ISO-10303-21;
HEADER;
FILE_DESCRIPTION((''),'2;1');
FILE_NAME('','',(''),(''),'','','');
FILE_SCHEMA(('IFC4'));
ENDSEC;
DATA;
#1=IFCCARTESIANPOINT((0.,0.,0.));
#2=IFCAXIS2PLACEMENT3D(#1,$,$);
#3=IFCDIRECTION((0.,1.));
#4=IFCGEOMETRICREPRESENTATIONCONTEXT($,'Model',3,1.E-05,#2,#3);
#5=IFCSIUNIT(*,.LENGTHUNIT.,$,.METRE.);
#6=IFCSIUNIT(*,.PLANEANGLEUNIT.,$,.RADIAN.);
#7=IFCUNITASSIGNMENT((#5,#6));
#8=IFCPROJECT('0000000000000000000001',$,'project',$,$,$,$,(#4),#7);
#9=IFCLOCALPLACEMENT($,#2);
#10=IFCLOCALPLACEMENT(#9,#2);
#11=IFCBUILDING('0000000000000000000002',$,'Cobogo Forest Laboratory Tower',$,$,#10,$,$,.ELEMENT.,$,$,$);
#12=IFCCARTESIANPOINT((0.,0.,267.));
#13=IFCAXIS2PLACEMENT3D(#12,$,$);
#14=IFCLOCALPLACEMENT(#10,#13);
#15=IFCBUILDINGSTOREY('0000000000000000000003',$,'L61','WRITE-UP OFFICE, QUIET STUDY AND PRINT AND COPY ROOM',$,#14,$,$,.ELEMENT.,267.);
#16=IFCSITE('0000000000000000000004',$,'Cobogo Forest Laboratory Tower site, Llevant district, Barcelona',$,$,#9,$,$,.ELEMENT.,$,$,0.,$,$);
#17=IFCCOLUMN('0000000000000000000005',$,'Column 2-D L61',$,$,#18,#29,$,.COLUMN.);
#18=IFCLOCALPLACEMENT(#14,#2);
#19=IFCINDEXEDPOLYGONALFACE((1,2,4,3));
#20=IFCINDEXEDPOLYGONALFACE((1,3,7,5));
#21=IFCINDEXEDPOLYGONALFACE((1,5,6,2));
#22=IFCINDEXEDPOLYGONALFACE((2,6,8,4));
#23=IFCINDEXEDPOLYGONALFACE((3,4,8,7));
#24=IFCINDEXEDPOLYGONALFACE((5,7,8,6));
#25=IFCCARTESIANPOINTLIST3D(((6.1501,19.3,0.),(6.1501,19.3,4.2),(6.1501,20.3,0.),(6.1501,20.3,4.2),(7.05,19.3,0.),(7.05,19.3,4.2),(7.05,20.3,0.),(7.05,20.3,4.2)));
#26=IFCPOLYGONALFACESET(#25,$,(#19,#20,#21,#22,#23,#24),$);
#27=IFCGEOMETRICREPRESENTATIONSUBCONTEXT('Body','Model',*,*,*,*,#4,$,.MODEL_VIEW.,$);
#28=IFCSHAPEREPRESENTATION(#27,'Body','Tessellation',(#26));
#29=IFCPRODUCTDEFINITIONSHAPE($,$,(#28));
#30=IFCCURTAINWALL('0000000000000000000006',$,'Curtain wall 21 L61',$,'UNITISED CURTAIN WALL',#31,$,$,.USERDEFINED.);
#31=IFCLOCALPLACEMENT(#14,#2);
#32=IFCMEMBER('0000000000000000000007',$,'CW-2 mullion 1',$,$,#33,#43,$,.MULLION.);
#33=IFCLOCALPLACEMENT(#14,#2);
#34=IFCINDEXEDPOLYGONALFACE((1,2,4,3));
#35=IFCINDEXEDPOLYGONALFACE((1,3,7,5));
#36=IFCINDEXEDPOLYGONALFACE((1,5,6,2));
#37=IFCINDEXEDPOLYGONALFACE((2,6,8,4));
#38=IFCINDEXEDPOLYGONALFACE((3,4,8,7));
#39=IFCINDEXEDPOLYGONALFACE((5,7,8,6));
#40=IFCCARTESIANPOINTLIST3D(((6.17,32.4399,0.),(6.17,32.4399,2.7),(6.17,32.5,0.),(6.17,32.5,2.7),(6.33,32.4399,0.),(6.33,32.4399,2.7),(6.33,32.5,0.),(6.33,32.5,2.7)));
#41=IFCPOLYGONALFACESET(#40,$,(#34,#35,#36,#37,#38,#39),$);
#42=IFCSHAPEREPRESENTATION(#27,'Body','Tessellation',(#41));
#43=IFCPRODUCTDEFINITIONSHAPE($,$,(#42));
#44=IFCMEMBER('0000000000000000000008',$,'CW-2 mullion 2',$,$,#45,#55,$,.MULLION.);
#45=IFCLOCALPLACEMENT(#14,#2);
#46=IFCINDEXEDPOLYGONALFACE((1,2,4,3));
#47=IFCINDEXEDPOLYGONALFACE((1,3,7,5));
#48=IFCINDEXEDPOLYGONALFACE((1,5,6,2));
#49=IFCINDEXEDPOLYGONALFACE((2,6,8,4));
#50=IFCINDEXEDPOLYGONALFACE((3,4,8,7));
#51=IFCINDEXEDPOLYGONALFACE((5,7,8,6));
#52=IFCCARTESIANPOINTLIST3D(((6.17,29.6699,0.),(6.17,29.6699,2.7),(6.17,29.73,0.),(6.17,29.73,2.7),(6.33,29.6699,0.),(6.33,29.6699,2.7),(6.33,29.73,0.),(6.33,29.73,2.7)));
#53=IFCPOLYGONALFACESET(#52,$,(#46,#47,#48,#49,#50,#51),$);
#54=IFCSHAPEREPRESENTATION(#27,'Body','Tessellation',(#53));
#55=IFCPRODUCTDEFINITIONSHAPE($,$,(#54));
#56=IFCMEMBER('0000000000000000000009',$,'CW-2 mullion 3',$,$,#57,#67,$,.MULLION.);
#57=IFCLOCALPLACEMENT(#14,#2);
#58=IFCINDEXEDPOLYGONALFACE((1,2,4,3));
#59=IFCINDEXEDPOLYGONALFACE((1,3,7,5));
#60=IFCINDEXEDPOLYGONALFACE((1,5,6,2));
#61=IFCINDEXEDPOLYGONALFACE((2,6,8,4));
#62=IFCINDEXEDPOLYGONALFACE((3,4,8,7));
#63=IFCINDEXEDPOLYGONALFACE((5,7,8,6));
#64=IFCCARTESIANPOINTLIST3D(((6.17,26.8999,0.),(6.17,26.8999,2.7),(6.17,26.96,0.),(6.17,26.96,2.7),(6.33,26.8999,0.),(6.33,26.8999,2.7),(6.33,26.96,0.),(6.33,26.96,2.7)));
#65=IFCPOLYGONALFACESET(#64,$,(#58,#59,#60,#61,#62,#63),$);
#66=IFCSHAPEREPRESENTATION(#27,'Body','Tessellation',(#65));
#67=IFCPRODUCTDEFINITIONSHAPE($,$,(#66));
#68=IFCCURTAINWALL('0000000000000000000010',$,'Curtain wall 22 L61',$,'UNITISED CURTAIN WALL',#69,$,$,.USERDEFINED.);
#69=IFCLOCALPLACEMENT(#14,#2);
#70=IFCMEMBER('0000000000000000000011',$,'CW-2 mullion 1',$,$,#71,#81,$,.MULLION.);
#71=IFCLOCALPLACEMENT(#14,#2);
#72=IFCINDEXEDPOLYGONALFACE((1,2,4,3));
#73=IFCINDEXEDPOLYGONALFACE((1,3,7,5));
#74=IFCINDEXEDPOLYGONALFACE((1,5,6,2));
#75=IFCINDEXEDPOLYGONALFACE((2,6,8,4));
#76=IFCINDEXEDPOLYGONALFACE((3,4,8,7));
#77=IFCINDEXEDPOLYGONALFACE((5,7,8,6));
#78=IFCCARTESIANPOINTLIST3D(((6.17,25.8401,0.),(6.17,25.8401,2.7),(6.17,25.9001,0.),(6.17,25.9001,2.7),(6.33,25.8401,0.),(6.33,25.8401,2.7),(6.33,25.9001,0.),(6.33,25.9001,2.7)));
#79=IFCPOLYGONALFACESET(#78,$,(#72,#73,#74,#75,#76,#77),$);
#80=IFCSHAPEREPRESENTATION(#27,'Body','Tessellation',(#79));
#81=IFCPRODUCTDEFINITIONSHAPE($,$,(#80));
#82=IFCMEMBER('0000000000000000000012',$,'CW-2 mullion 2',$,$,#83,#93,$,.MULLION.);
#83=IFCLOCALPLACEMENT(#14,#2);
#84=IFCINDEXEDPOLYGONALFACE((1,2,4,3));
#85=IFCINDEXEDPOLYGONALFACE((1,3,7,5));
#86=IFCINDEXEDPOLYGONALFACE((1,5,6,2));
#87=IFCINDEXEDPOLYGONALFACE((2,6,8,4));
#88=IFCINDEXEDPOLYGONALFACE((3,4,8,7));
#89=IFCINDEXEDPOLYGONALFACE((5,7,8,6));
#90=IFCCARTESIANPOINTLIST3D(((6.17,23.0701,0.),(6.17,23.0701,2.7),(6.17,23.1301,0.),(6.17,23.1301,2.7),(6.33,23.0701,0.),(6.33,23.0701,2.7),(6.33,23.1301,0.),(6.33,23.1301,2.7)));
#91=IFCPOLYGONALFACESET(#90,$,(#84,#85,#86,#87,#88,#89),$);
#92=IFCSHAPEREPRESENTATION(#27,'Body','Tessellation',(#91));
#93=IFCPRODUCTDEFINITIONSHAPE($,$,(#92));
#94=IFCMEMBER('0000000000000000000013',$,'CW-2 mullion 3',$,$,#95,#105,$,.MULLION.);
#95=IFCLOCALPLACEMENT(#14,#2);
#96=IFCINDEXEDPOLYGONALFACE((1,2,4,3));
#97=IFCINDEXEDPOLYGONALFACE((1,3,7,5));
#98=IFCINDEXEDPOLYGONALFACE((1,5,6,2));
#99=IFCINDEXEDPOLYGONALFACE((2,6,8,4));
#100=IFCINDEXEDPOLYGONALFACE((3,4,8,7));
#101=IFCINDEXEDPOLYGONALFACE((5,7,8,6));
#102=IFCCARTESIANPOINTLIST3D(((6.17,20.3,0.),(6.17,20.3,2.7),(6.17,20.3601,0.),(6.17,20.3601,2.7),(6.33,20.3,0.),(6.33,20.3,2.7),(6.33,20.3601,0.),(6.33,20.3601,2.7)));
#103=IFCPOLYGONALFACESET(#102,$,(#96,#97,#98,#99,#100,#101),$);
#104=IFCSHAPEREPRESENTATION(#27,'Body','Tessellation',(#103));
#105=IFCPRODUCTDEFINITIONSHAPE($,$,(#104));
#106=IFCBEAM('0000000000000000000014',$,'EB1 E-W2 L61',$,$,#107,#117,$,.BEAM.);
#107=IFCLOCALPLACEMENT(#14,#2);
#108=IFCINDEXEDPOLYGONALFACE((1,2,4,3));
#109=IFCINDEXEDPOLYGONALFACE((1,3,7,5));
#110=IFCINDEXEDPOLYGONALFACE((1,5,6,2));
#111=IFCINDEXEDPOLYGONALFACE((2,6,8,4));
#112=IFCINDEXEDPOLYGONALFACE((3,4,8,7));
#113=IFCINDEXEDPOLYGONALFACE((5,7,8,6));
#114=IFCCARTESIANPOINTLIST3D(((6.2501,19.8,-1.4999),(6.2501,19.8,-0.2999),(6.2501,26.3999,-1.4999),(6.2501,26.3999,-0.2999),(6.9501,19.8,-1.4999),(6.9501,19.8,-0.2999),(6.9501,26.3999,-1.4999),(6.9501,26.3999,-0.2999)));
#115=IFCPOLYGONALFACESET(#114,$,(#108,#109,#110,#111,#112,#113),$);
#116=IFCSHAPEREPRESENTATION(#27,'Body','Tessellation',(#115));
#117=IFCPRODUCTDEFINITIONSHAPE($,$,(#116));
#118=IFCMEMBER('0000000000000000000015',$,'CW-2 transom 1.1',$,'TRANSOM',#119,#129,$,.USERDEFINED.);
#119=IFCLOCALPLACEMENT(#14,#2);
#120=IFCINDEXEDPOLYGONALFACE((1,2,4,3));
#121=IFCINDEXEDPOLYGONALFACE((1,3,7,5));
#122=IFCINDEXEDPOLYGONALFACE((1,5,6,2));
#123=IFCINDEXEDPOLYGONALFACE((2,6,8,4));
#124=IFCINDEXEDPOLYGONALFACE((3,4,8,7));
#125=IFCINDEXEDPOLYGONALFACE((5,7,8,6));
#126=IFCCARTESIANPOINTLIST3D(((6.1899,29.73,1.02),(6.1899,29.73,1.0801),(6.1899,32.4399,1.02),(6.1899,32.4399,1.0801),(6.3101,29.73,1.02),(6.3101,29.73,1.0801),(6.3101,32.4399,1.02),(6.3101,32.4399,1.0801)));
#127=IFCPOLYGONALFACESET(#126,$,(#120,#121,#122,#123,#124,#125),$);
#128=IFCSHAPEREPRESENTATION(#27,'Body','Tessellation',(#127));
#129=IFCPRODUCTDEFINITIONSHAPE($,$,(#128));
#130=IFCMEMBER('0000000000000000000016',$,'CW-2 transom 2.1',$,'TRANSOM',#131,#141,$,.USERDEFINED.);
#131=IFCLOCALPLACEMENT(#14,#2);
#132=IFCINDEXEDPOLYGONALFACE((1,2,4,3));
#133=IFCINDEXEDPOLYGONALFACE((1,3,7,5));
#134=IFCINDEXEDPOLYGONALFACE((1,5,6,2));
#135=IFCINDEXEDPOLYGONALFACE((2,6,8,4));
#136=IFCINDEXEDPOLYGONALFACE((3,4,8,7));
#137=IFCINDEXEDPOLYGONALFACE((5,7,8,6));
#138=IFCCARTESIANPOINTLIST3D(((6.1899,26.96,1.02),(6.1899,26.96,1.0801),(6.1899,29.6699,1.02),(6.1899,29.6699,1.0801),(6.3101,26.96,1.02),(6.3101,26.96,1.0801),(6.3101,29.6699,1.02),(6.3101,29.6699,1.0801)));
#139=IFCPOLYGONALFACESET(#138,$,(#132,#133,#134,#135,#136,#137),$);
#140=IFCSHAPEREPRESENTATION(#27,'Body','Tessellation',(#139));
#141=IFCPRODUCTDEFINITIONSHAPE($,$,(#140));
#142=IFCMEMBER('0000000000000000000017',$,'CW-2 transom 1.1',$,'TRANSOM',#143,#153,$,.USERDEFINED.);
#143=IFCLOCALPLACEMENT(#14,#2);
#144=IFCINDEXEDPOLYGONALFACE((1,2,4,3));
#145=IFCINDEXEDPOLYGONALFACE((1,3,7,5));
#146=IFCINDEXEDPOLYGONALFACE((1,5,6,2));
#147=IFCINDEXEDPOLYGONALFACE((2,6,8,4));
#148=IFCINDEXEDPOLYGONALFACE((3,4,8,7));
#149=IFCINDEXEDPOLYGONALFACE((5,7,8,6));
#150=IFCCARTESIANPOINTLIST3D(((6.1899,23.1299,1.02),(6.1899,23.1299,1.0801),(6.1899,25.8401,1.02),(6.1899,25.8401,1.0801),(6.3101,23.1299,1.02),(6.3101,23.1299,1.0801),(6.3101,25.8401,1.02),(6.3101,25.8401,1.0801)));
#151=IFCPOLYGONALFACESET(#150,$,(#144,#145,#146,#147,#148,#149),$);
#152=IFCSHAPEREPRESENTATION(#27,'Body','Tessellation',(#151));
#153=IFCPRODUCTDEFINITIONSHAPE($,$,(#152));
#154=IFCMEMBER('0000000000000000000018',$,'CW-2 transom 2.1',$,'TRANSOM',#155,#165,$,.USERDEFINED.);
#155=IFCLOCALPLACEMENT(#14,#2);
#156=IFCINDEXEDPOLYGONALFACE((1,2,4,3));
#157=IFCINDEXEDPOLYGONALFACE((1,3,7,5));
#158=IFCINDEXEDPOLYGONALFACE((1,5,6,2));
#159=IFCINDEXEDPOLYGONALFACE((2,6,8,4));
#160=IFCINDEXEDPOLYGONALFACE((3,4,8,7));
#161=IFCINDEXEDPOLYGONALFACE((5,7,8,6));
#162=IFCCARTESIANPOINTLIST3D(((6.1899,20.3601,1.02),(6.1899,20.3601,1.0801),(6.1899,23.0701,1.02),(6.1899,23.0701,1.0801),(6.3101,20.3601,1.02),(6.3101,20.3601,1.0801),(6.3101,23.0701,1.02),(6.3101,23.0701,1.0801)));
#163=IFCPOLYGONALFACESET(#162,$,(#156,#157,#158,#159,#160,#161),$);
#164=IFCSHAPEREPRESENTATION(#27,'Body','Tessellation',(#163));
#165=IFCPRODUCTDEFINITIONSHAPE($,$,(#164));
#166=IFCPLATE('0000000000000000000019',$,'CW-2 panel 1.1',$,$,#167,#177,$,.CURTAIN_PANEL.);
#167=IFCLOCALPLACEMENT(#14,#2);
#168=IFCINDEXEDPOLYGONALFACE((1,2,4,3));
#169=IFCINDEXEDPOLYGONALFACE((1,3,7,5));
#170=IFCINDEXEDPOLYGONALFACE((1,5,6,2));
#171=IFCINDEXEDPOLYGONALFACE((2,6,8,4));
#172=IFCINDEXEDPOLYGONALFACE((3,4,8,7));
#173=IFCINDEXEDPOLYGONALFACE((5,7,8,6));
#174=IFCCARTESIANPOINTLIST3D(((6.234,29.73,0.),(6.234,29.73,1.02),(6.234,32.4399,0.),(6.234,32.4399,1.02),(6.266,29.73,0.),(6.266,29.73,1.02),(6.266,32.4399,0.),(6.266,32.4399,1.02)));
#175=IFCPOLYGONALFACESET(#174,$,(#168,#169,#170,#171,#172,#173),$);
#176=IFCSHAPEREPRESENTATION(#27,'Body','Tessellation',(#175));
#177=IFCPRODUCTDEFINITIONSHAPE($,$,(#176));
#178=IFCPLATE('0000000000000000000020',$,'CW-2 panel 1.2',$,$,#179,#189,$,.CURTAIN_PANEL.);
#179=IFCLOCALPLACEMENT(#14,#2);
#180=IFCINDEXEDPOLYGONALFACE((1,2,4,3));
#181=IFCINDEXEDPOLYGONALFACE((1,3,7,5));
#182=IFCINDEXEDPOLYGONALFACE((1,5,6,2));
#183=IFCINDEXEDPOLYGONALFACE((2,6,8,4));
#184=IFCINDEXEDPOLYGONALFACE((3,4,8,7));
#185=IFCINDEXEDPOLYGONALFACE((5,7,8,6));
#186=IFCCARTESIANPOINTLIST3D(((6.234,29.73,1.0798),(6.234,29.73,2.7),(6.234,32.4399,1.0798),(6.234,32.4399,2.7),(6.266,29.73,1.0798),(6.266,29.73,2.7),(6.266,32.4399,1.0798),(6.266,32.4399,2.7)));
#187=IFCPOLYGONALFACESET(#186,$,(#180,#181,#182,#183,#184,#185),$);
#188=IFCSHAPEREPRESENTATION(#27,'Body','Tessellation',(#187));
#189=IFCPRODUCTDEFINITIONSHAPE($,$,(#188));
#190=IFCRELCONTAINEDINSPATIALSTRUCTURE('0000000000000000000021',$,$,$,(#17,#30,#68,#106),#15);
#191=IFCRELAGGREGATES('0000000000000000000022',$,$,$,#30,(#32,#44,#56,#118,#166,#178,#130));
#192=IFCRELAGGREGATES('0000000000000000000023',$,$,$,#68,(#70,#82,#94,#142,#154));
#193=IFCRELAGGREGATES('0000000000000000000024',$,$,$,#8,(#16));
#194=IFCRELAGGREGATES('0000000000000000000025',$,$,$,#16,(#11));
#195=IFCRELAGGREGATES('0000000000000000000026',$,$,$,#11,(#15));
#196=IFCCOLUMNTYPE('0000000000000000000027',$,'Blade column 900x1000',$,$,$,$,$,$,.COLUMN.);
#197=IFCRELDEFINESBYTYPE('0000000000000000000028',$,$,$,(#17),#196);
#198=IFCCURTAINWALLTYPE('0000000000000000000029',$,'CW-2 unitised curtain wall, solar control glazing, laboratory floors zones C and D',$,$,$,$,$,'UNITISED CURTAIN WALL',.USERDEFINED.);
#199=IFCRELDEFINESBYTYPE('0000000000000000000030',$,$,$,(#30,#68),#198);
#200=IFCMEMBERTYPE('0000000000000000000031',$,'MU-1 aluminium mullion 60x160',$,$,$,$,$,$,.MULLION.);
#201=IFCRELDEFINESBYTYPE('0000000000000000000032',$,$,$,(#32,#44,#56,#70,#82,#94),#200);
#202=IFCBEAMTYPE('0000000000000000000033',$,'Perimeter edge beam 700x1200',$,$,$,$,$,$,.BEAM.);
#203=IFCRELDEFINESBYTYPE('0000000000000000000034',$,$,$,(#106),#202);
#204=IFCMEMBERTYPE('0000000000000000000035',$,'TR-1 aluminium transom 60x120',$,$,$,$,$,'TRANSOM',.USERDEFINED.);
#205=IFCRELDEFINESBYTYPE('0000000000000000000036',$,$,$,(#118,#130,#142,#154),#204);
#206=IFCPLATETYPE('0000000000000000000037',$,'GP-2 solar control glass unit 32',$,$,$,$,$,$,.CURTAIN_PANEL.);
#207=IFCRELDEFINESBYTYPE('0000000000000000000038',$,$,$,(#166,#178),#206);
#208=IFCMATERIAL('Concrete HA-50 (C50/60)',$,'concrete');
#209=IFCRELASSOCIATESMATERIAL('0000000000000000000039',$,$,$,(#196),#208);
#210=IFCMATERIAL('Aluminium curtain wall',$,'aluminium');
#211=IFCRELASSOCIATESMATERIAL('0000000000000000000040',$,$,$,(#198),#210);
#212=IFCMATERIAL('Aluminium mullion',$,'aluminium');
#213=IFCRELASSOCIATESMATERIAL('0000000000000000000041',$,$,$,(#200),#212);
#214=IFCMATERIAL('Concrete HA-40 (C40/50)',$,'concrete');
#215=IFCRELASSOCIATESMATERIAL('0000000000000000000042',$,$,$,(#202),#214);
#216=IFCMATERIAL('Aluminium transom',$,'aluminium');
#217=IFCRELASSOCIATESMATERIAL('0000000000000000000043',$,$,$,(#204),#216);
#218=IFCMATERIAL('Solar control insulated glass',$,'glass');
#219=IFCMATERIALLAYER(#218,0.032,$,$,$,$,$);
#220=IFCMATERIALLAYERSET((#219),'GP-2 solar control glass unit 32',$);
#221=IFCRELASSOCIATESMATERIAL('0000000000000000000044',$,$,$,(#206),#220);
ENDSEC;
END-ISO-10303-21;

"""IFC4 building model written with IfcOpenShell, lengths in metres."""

from ifc_helpers import new_model, si_unit, direction, frame, origin, origin_2d, place, context, subcontext, project, spatial, rectangle, extrude, material, layer, layer_set, material_profile, profile_set, type_object, element, aggregate, save


model = new_model("IFC4")

# Units and contexts
model_context = context("Model", 3, precision=1e-05, world=origin(), true_north=direction((0.0, 1.0)))
body_context = subcontext(model_context, "Body", "Model", "MODEL_VIEW")
ifc_project = project(units=[si_unit("LENGTHUNIT", "METRE"), si_unit("PLANEANGLEUNIT", "RADIAN")], contexts=[model_context])

# Site, building, storey
site_placement = place(None, origin())
site = spatial("IfcSite", under=ifc_project, at=site_placement, Name="Cobogo Forest Laboratory Tower site, Llevant district, Barcelona", CompositionType="ELEMENT", RefElevation=0.0)
building_placement = place(site_placement, origin())
building = spatial("IfcBuilding", under=site, at=building_placement, Name="Cobogo Forest Laboratory Tower", CompositionType="ELEMENT")
storey_placement = place(building_placement, frame((0.0, 0.0, 267.0)))
storey = spatial("IfcBuildingStorey", under=building, at=storey_placement, Name="L61", Description="WRITE-UP OFFICE, QUIET STUDY AND PRINT AND COPY ROOM", CompositionType="ELEMENT", Elevation=267.0)

# Column
ifc_material_1 = material(Name="Concrete HA-50 (C50/60)", Category="concrete")
ifc_material_profile_1 = material_profile(ifc_material_1, rectangle(XDim=1.0, YDim=0.8999, at=origin_2d()), Name="RC 900x1000")
ifc_profile_set_1 = profile_set([ifc_material_profile_1], Name="Concrete HA-50 (C50/60)")
column_type = type_object("IfcColumnType", Name="Blade column 900x1000", PredefinedType="COLUMN", material=ifc_profile_set_1)
column_placement = place(storey_placement, frame((6.6001, 19.8, 0.0), z_axis=(0.0, 0.0, 1.0), x_axis=(0.0, 1.0, 0.0)))
element("IfcColumn", 1, at=column_placement, inside=storey, type_object=column_type, Name="Column 2-D L61", PredefinedType="COLUMN", context=body_context, shape_type="SweptSolid", body=[
    extrude(rectangle(XDim=1.0, YDim=0.8999, at=origin_2d()), origin(), (0.0, 0.0, 1.0), 4.2),
])

# Curtain walls, members
ifc_material_2 = material(Name="Aluminium curtain wall", Category="aluminium")
curtain_wall_type = type_object("IfcCurtainWallType", Name="CW-2 unitised curtain wall, solar control glazing, laboratory floors zones C and D", ElementType="UNITISED CURTAIN WALL", PredefinedType="USERDEFINED", material=ifc_material_2)
curtain_wall_1_placement = place(storey_placement, origin())
curtain_wall_1 = element("IfcCurtainWall", 2, at=curtain_wall_1_placement, inside=storey, type_object=curtain_wall_type, Name="Curtain wall 21 L61", ObjectType="UNITISED CURTAIN WALL", PredefinedType="USERDEFINED")
ifc_material_3 = material(Name="Aluminium mullion", Category="aluminium")
ifc_material_profile_2 = material_profile(ifc_material_3, rectangle(XDim=0.0601, YDim=0.1599, at=origin_2d()), Name="AL 60x160")
ifc_profile_set_2 = profile_set([ifc_material_profile_2], Name="Aluminium mullion")
member_type_1 = type_object("IfcMemberType", Name="MU-1 aluminium mullion 60x160", PredefinedType="MULLION", material=ifc_profile_set_2)
member_1_placement = place(storey_placement, frame((6.25, 32.47, 0.0), z_axis=(0.0, 0.0, 1.0), x_axis=(0.0, -1.0, 0.0)))
member_1 = element("IfcMember", 3, at=member_1_placement, type_object=member_type_1, Name="CW-2 mullion 1", PredefinedType="MULLION", context=body_context, shape_type="SweptSolid", body=[
    extrude(rectangle(XDim=0.0601, YDim=0.1599, at=origin_2d()), origin(), (0.0, 0.0, 1.0), 2.7),
])
member_2_placement = place(storey_placement, frame((6.25, 29.7, 0.0), z_axis=(0.0, 0.0, 1.0), x_axis=(0.0, -1.0, 0.0)))
member_2 = element("IfcMember", 4, at=member_2_placement, type_object=member_type_1, Name="CW-2 mullion 2", PredefinedType="MULLION", context=body_context, shape_type="SweptSolid", body=[
    extrude(rectangle(XDim=0.0601, YDim=0.1599, at=origin_2d()), origin(), (0.0, 0.0, 1.0), 2.7),
])
member_3_placement = place(storey_placement, frame((6.25, 26.9299, 0.0), z_axis=(0.0, 0.0, 1.0), x_axis=(0.0, -1.0, 0.0)))
member_3 = element("IfcMember", 5, at=member_3_placement, type_object=member_type_1, Name="CW-2 mullion 3", PredefinedType="MULLION", context=body_context, shape_type="SweptSolid", body=[
    extrude(rectangle(XDim=0.0601, YDim=0.1599, at=origin_2d()), origin(), (0.0, 0.0, 1.0), 2.7),
])
curtain_wall_2_placement = place(storey_placement, origin())
curtain_wall_2 = element("IfcCurtainWall", 6, at=curtain_wall_2_placement, inside=storey, type_object=curtain_wall_type, Name="Curtain wall 22 L61", ObjectType="UNITISED CURTAIN WALL", PredefinedType="USERDEFINED")
member_4_placement = place(storey_placement, frame((6.25, 25.8701, 0.0), z_axis=(0.0, 0.0, 1.0), x_axis=(0.0, -1.0, 0.0)))
member_4 = element("IfcMember", 7, at=member_4_placement, type_object=member_type_1, Name="CW-2 mullion 1", PredefinedType="MULLION", context=body_context, shape_type="SweptSolid", body=[
    extrude(rectangle(XDim=0.0601, YDim=0.1599, at=origin_2d()), origin(), (0.0, 0.0, 1.0), 2.7),
])
member_5_placement = place(storey_placement, frame((6.25, 23.1001, 0.0), z_axis=(0.0, 0.0, 1.0), x_axis=(0.0, -1.0, 0.0)))
member_5 = element("IfcMember", 8, at=member_5_placement, type_object=member_type_1, Name="CW-2 mullion 2", PredefinedType="MULLION", context=body_context, shape_type="SweptSolid", body=[
    extrude(rectangle(XDim=0.0601, YDim=0.1599, at=origin_2d()), origin(), (0.0, 0.0, 1.0), 2.7),
])
member_6_placement = place(storey_placement, frame((6.25, 20.3301, 0.0), z_axis=(0.0, 0.0, 1.0), x_axis=(0.0, -1.0, 0.0)))
member_6 = element("IfcMember", 9, at=member_6_placement, type_object=member_type_1, Name="CW-2 mullion 3", PredefinedType="MULLION", context=body_context, shape_type="SweptSolid", body=[
    extrude(rectangle(XDim=0.0601, YDim=0.1599, at=origin_2d()), origin(), (0.0, 0.0, 1.0), 2.7),
])

# Beam
ifc_material_4 = material(Name="Concrete HA-40 (C40/50)", Category="concrete")
ifc_material_profile_3 = material_profile(ifc_material_4, rectangle(XDim=0.7, YDim=1.2, at=origin_2d()), Name="RC 700x1200")
ifc_profile_set_3 = profile_set([ifc_material_profile_3], Name="Concrete HA-40 (C40/50)")
beam_type = type_object("IfcBeamType", Name="Perimeter edge beam 700x1200", PredefinedType="BEAM", material=ifc_profile_set_3)
beam_placement = place(storey_placement, frame((6.6001, 19.8, -0.8999), z_axis=(0.0, 1.0, 0.0), x_axis=(-1.0, 0.0, 0.0)))
element("IfcBeam", 10, at=beam_placement, inside=storey, type_object=beam_type, Name="EB1 E-W2 L61", PredefinedType="BEAM", context=body_context, shape_type="SweptSolid", body=[
    extrude(rectangle(XDim=0.7, YDim=1.2, at=origin_2d()), origin(), (0.0, 0.0, 1.0), 6.5999),
])

# Members
ifc_material_5 = material(Name="Aluminium transom", Category="aluminium")
ifc_material_profile_4 = material_profile(ifc_material_5, rectangle(XDim=0.1201, YDim=0.0601, at=origin_2d()), Name="AL 60x120")
ifc_profile_set_4 = profile_set([ifc_material_profile_4], Name="Aluminium transom")
member_type_2 = type_object("IfcMemberType", Name="TR-1 aluminium transom 60x120", ElementType="TRANSOM", PredefinedType="USERDEFINED", material=ifc_profile_set_4)
member_7_placement = place(storey_placement, frame((6.25, 32.4399, 1.05), z_axis=(0.0, -1.0, 0.0), x_axis=(1.0, 0.0, 0.0)))
member_7 = element("IfcMember", 11, at=member_7_placement, type_object=member_type_2, Name="CW-2 transom 1.1", ObjectType="TRANSOM", PredefinedType="USERDEFINED", context=body_context, shape_type="SweptSolid", body=[
    extrude(rectangle(XDim=0.1201, YDim=0.0601, at=origin_2d()), origin(), (0.0, 0.0, 1.0), 2.71),
])
member_8_placement = place(storey_placement, frame((6.25, 29.6699, 1.05), z_axis=(0.0, -1.0, 0.0), x_axis=(1.0, 0.0, 0.0)))
member_8 = element("IfcMember", 12, at=member_8_placement, type_object=member_type_2, Name="CW-2 transom 2.1", ObjectType="TRANSOM", PredefinedType="USERDEFINED", context=body_context, shape_type="SweptSolid", body=[
    extrude(rectangle(XDim=0.1201, YDim=0.0601, at=origin_2d()), origin(), (0.0, 0.0, 1.0), 2.71),
])
member_9_placement = place(storey_placement, frame((6.25, 25.8401, 1.05), z_axis=(0.0, -1.0, 0.0), x_axis=(1.0, 0.0, 0.0)))
member_9 = element("IfcMember", 13, at=member_9_placement, type_object=member_type_2, Name="CW-2 transom 1.1", ObjectType="TRANSOM", PredefinedType="USERDEFINED", context=body_context, shape_type="SweptSolid", body=[
    extrude(rectangle(XDim=0.1201, YDim=0.0601, at=origin_2d()), origin(), (0.0, 0.0, 1.0), 2.7102),
])
member_10_placement = place(storey_placement, frame((6.25, 23.0701, 1.05), z_axis=(0.0, -1.0, 0.0), x_axis=(1.0, 0.0, 0.0)))
member_10 = element("IfcMember", 14, at=member_10_placement, type_object=member_type_2, Name="CW-2 transom 2.1", ObjectType="TRANSOM", PredefinedType="USERDEFINED", context=body_context, shape_type="SweptSolid", body=[
    extrude(rectangle(XDim=0.1201, YDim=0.0601, at=origin_2d()), origin(), (0.0, 0.0, 1.0), 2.71),
])

# Plates
ifc_material_6 = material(Name="Solar control insulated glass", Category="glass")
ifc_layer_1 = layer(ifc_material_6, 0.032)
ifc_layer_set_1 = layer_set([ifc_layer_1], Name="GP-2 solar control glass unit 32")
plate_type_1 = type_object("IfcPlateType", Name="GP-2 solar control glass unit 32", PredefinedType="CURTAIN_PANEL", material=ifc_layer_set_1)
plate_1_placement = place(storey_placement, frame((6.25, 31.085, 0.0), z_axis=(0.0, 0.0, 1.0), x_axis=(0.0, -1.0, 0.0)))
plate_1 = element("IfcPlate", 15, at=plate_1_placement, type_object=plate_type_1, Name="CW-2 panel 1.1", PredefinedType="CURTAIN_PANEL", context=body_context, shape_type="SweptSolid", body=[
    extrude(rectangle(XDim=2.71, YDim=0.032, at=origin_2d()), origin(), (0.0, 0.0, 1.0), 1.02),
])
plate_2_placement = place(storey_placement, frame((6.25, 31.085, 1.0798), z_axis=(0.0, 0.0, 1.0), x_axis=(0.0, -1.0, 0.0)))
plate_2 = element("IfcPlate", 16, at=plate_2_placement, type_object=plate_type_1, Name="CW-2 panel 1.2", PredefinedType="CURTAIN_PANEL", context=body_context, shape_type="SweptSolid", body=[
    extrude(rectangle(XDim=2.71, YDim=0.032, at=origin_2d()), origin(), (0.0, 0.0, 1.0), 1.6201),
])
aggregate(curtain_wall_1, [member_1, member_2, member_3, member_7, plate_1, plate_2, member_8])
aggregate(curtain_wall_2, [member_4, member_5, member_6, member_9, member_10])

save(model, "model.ifc")
